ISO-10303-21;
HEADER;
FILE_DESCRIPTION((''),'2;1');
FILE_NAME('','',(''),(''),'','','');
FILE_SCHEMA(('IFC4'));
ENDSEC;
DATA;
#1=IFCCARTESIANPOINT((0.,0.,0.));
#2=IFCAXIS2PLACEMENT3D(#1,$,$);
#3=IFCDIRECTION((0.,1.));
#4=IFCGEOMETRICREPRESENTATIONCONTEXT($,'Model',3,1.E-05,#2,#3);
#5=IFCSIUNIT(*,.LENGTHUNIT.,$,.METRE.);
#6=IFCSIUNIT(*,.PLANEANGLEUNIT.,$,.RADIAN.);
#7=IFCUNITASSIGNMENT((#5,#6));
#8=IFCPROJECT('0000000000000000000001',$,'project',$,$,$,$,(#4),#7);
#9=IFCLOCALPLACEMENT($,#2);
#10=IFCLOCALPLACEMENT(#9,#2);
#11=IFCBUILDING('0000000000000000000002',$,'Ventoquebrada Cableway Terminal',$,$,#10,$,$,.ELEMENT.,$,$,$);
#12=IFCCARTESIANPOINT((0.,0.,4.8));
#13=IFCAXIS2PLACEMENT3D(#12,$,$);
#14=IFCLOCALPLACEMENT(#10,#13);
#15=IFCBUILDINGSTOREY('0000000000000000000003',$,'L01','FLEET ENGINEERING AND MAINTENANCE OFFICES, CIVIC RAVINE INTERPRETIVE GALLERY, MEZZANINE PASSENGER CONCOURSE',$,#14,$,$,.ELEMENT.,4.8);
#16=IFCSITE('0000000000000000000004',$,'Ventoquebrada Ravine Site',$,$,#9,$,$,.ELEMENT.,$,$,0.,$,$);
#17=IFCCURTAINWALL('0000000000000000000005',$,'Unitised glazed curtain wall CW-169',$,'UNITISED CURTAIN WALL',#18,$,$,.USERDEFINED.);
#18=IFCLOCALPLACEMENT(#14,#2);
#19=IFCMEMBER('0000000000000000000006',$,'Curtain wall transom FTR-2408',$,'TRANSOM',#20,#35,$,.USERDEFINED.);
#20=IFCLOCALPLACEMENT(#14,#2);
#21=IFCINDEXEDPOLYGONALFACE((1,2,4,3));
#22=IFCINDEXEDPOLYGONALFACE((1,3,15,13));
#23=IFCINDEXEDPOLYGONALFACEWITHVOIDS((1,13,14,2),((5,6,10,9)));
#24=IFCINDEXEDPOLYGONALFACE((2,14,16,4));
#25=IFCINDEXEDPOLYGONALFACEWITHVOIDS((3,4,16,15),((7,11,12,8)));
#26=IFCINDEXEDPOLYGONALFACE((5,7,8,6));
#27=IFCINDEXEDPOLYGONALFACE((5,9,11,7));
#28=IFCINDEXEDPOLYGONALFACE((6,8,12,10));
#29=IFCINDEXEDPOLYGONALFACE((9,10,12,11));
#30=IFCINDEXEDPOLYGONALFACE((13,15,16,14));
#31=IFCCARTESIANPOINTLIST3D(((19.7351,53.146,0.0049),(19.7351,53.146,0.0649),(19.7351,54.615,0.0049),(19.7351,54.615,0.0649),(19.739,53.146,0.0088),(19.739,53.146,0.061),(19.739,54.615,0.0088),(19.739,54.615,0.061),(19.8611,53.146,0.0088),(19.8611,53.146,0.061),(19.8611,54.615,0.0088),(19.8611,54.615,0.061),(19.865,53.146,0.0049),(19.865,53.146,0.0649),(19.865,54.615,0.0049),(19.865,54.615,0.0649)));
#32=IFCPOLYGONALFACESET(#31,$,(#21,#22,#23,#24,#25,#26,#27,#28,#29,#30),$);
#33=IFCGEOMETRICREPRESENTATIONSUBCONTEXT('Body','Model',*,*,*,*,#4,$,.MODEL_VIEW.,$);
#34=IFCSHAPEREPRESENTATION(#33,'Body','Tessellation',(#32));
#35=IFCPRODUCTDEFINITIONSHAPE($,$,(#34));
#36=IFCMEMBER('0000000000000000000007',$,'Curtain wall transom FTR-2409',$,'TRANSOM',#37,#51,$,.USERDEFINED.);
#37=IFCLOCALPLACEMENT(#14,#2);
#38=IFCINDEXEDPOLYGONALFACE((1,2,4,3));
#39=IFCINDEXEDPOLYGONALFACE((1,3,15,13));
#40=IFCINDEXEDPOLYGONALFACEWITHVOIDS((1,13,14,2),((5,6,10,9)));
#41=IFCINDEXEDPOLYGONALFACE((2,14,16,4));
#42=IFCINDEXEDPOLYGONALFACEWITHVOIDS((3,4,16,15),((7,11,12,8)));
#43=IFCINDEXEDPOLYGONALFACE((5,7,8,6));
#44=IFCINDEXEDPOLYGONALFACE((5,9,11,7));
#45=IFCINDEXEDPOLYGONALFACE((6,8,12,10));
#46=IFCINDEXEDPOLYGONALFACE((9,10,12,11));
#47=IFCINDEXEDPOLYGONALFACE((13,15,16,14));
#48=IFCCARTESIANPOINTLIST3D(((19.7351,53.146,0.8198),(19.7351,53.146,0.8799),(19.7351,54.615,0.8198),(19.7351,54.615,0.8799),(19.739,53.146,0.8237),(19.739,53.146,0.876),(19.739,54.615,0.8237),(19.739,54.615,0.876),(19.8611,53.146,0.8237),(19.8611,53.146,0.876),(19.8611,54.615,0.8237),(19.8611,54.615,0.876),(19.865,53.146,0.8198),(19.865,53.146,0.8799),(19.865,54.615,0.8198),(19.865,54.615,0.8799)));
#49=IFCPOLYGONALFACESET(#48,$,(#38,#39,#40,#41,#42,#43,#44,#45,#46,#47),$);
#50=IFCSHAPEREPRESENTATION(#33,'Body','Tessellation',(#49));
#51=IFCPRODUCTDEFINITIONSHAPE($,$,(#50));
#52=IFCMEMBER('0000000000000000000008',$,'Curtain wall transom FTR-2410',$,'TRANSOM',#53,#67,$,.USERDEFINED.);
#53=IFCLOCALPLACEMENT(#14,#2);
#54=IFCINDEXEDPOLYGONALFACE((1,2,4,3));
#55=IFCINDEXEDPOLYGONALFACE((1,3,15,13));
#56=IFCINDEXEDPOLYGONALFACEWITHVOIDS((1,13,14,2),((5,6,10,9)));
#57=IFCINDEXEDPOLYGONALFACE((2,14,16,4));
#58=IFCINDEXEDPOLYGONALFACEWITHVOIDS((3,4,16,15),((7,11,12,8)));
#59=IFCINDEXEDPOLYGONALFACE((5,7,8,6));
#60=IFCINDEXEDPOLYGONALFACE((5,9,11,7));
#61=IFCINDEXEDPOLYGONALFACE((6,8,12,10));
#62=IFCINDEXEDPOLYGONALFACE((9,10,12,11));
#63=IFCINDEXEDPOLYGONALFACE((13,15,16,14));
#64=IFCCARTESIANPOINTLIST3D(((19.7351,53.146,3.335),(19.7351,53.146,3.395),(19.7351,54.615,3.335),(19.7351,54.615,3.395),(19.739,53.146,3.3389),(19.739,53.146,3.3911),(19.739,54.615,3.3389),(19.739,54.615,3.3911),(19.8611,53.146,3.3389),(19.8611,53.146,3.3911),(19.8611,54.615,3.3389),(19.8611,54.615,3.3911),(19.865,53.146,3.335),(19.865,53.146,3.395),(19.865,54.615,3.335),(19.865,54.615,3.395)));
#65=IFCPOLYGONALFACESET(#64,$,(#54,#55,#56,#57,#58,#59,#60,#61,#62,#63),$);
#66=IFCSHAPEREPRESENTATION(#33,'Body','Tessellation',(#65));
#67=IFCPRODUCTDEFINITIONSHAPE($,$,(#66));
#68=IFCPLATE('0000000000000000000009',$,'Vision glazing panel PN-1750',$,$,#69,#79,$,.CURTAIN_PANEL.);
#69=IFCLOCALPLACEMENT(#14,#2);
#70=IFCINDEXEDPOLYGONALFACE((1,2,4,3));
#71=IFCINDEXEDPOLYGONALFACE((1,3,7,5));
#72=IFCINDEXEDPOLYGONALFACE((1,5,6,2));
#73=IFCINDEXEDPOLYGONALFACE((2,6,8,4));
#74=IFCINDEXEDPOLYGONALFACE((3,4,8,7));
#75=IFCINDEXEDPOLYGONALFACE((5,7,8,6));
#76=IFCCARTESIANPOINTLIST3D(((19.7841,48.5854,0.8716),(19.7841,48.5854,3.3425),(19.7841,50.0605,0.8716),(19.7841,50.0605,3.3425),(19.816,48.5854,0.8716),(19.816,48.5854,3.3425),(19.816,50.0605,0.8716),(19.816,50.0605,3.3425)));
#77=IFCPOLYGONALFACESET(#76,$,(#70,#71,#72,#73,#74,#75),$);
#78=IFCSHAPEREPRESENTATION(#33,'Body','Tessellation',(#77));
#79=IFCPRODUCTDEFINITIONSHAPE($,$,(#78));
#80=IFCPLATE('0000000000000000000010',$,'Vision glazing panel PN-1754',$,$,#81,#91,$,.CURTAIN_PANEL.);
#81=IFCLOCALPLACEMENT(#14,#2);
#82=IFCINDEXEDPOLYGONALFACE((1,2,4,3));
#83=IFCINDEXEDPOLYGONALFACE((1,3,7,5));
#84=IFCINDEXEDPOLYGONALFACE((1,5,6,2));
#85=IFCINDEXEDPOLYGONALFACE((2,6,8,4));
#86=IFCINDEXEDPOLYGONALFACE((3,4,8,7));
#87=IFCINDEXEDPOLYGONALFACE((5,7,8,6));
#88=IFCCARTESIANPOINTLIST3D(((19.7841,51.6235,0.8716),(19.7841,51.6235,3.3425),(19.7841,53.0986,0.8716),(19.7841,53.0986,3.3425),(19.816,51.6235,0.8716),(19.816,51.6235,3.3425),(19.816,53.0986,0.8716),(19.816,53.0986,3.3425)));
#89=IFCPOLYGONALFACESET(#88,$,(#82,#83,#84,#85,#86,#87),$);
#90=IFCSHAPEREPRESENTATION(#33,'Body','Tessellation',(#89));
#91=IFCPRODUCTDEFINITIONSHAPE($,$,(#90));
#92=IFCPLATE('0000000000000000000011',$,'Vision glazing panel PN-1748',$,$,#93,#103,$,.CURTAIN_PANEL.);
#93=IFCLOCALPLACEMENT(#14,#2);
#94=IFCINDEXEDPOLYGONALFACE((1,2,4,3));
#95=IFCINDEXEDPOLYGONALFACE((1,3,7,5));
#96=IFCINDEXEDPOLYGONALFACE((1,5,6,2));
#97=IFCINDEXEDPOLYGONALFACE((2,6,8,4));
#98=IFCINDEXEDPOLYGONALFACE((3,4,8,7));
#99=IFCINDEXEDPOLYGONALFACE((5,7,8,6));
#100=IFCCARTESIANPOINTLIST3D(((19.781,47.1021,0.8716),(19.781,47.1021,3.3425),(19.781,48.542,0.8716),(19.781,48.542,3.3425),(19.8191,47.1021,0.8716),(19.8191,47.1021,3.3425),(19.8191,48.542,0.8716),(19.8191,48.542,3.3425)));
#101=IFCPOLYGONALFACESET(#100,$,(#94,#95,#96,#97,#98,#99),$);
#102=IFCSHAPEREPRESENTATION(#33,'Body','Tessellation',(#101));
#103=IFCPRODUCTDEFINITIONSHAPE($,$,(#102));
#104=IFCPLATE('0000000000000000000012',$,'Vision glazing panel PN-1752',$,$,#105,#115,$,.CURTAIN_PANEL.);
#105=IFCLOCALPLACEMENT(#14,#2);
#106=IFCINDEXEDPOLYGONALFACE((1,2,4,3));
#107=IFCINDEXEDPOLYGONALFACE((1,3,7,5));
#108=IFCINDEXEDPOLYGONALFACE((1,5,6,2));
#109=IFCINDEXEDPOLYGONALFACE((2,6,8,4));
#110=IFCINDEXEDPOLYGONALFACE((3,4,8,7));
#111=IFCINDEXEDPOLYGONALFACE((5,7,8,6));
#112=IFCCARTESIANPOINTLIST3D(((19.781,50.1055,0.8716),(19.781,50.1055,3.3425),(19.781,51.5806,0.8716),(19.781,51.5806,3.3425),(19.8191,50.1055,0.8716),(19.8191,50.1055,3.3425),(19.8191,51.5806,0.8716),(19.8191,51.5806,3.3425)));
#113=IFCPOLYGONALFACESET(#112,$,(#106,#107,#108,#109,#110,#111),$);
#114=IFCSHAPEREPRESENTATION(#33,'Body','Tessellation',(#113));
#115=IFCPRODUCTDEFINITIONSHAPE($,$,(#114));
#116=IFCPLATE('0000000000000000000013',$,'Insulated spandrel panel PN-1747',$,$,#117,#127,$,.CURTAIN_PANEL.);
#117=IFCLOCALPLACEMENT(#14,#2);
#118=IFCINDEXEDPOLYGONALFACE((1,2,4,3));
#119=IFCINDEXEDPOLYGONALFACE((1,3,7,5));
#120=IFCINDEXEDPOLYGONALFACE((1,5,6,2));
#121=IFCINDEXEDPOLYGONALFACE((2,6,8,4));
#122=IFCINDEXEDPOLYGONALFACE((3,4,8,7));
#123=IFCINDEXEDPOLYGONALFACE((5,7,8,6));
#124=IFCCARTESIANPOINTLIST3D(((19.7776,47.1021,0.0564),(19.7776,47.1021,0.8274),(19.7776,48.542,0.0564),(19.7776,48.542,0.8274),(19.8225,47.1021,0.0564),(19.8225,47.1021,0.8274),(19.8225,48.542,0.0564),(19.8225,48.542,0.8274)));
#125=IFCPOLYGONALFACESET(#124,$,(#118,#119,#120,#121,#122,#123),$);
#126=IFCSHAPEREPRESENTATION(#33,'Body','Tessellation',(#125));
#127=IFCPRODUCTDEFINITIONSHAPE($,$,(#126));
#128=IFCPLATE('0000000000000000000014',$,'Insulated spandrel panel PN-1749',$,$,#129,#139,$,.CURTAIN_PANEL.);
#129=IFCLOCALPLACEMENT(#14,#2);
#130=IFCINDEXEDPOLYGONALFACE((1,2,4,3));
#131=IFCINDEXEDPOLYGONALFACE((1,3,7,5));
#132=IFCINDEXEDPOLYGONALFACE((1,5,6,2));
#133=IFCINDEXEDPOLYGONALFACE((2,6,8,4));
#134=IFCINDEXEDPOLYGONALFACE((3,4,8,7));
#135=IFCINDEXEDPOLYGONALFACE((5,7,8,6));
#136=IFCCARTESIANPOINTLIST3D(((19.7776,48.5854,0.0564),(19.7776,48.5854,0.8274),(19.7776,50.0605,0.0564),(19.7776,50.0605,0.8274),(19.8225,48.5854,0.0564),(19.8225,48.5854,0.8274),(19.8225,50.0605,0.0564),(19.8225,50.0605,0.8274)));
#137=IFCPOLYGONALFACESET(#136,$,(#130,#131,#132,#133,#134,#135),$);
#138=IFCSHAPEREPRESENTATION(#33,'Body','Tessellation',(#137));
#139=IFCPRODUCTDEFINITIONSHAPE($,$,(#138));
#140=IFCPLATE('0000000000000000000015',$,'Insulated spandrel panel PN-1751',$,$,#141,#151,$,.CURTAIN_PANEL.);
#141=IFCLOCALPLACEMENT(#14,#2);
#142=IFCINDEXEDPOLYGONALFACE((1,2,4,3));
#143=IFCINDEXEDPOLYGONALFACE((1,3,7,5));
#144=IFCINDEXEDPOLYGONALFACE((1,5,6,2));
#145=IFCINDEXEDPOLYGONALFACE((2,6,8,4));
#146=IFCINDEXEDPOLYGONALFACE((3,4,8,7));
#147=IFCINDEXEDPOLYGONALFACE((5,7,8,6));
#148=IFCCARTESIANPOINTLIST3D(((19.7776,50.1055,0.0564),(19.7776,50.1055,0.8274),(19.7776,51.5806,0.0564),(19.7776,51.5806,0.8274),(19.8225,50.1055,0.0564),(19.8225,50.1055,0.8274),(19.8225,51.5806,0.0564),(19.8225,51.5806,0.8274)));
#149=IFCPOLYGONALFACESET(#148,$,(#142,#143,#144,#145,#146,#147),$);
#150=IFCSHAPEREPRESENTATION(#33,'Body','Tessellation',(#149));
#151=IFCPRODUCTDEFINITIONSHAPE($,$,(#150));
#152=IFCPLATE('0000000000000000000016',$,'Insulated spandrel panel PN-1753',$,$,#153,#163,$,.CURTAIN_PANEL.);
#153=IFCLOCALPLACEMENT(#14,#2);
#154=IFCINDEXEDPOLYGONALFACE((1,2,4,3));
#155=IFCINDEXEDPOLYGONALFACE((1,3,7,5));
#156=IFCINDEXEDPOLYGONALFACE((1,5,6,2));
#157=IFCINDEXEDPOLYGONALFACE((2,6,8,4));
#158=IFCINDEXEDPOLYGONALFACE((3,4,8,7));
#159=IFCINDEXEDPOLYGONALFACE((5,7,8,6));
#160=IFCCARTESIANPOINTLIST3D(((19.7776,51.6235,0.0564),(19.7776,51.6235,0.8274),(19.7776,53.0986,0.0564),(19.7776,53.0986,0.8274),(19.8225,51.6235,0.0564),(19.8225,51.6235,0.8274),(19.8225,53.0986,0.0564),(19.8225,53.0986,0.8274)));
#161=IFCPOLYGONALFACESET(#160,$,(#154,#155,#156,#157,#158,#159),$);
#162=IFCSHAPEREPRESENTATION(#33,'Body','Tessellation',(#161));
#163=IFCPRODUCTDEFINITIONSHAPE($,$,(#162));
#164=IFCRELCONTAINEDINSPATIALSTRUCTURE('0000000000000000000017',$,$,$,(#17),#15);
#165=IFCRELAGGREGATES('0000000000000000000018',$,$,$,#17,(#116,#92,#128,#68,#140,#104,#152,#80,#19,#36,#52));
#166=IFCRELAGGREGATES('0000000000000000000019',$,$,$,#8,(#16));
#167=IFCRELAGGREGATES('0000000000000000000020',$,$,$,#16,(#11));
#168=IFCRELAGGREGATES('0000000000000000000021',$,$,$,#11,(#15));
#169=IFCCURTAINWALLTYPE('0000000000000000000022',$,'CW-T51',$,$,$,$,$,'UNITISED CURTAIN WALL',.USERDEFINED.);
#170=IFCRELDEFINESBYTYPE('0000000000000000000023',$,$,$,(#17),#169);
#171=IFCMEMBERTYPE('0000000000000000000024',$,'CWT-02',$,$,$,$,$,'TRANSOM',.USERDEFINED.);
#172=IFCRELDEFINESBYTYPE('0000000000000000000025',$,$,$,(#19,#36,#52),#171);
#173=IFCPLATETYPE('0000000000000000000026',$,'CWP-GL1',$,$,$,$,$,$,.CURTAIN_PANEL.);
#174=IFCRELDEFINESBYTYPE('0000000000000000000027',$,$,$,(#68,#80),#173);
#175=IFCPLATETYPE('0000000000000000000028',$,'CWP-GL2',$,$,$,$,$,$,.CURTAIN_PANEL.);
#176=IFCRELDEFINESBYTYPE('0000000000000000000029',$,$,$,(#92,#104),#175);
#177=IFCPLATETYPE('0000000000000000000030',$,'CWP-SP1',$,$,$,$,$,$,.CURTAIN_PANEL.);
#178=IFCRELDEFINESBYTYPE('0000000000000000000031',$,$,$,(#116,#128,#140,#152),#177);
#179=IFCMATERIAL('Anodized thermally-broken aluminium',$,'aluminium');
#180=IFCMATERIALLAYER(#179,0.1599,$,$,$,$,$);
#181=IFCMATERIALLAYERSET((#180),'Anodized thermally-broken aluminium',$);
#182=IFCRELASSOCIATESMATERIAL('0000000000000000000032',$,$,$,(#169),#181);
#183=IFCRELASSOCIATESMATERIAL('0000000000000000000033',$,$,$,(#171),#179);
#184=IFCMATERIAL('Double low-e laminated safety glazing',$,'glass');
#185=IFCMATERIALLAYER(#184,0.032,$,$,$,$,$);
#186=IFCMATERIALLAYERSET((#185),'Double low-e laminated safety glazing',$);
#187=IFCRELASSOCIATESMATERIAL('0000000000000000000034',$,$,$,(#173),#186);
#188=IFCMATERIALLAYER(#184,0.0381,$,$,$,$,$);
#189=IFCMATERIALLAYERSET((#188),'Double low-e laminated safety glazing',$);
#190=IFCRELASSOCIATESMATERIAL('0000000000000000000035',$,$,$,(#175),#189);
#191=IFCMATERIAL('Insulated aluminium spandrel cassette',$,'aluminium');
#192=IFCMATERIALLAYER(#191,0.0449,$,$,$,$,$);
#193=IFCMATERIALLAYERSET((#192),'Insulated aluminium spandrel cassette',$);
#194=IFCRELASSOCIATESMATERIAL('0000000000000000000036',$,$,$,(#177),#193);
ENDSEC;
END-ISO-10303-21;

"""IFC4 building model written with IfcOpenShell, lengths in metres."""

from ifc_helpers import new_model, si_unit, direction, frame, origin, origin_2d, place, context, subcontext, project, spatial, rectangle, hollow_rectangle, extrude, material, layer, layer_set, material_profile, profile_set, type_object, element, aggregate, save


model = new_model("IFC4")

# Units and contexts
model_context = context("Model", 3, precision=1e-05, world=origin(), true_north=direction((0.0, 1.0)))
body_context = subcontext(model_context, "Body", "Model", "MODEL_VIEW")
ifc_project = project(units=[si_unit("LENGTHUNIT", "METRE"), si_unit("PLANEANGLEUNIT", "RADIAN")], contexts=[model_context])

# Site, building, storey
site_placement = place(None, origin())
site = spatial("IfcSite", under=ifc_project, at=site_placement, Name="Ventoquebrada Ravine Site", CompositionType="ELEMENT", RefElevation=0.0)
building_placement = place(site_placement, origin())
building = spatial("IfcBuilding", under=site, at=building_placement, Name="Ventoquebrada Cableway Terminal", CompositionType="ELEMENT")
storey_placement = place(building_placement, frame((0.0, 0.0, 4.8)))
storey = spatial("IfcBuildingStorey", under=building, at=storey_placement, Name="L01", Description="FLEET ENGINEERING AND MAINTENANCE OFFICES, CIVIC RAVINE INTERPRETIVE GALLERY, MEZZANINE PASSENGER CONCOURSE", CompositionType="ELEMENT", Elevation=4.8)

# Curtain wall, members, plates
ifc_material_1 = material(Name="Anodized thermally-broken aluminium", Category="aluminium")
ifc_layer_1 = layer(ifc_material_1, 0.1599)
ifc_layer_set_1 = layer_set([ifc_layer_1], Name="Anodized thermally-broken aluminium")
curtain_wall_type = type_object("IfcCurtainWallType", Name="CW-T51", ElementType="UNITISED CURTAIN WALL", PredefinedType="USERDEFINED", material=ifc_layer_set_1)
curtain_wall_placement = place(storey_placement, origin())
curtain_wall = element("IfcCurtainWall", 1, at=curtain_wall_placement, inside=storey, type_object=curtain_wall_type, Name="Unitised glazed curtain wall CW-169", ObjectType="UNITISED CURTAIN WALL", PredefinedType="USERDEFINED")
ifc_material_profile_1 = material_profile(ifc_material_1, hollow_rectangle(XDim=0.0601, YDim=0.1299, WallThickness=0.0039, at=origin_2d()), Name="CW-TRN-60X130")
ifc_profile_set_1 = profile_set([ifc_material_profile_1], Name="Anodized thermally-broken aluminium")
member_type_1 = type_object("IfcMemberType", Name="CWT-02", ElementType="TRANSOM", PredefinedType="USERDEFINED", material=ifc_profile_set_1)
member_1_placement = place(storey_placement, frame((19.8, 53.146, 0.0349), z_axis=(0.0, 1.0, 0.0), x_axis=(0.0, 0.0, 1.0)))
member_1 = element("IfcMember", 2, at=member_1_placement, type_object=member_type_1, Name="Curtain wall transom FTR-2408", ObjectType="TRANSOM", PredefinedType="USERDEFINED", context=body_context, shape_type="SweptSolid", body=[
    extrude(hollow_rectangle(XDim=0.0601, YDim=0.1299, WallThickness=0.0039, at=origin_2d()), origin(), (0.0, 0.0, 1.0), 1.469),
])
member_2_placement = place(storey_placement, frame((19.8, 53.146, 0.8499), z_axis=(0.0, 1.0, 0.0), x_axis=(0.0, 0.0, 1.0)))
member_2 = element("IfcMember", 3, at=member_2_placement, type_object=member_type_1, Name="Curtain wall transom FTR-2409", ObjectType="TRANSOM", PredefinedType="USERDEFINED", context=body_context, shape_type="SweptSolid", body=[
    extrude(hollow_rectangle(XDim=0.0601, YDim=0.1299, WallThickness=0.0039, at=origin_2d()), origin(), (0.0, 0.0, 1.0), 1.469),
])
member_3_placement = place(storey_placement, frame((19.8, 53.146, 3.365), z_axis=(0.0, 1.0, 0.0), x_axis=(0.0, 0.0, 1.0)))
member_3 = element("IfcMember", 4, at=member_3_placement, type_object=member_type_1, Name="Curtain wall transom FTR-2410", ObjectType="TRANSOM", PredefinedType="USERDEFINED", context=body_context, shape_type="SweptSolid", body=[
    extrude(hollow_rectangle(XDim=0.0601, YDim=0.1299, WallThickness=0.0039, at=origin_2d()), origin(), (0.0, 0.0, 1.0), 1.469),
])
ifc_material_2 = material(Name="Double low-e laminated safety glazing", Category="glass")
ifc_layer_2 = layer(ifc_material_2, 0.032)
ifc_layer_set_2 = layer_set([ifc_layer_2], Name="Double low-e laminated safety glazing")
plate_type_1 = type_object("IfcPlateType", Name="CWP-GL1", PredefinedType="CURTAIN_PANEL", material=ifc_layer_set_2)
plate_1_placement = place(storey_placement, frame((19.8, 49.323, 0.8716), z_axis=(0.0, 0.0, 1.0), x_axis=(0.0, 1.0, 0.0)))
plate_1 = element("IfcPlate", 5, at=plate_1_placement, type_object=plate_type_1, Name="Vision glazing panel PN-1750", PredefinedType="CURTAIN_PANEL", context=body_context, shape_type="SweptSolid", body=[
    extrude(rectangle(XDim=1.4751, YDim=0.032, at=origin_2d()), origin(), (0.0, 0.0, 1.0), 2.4709),
])
plate_2_placement = place(storey_placement, frame((19.8, 52.3611, 0.8716), z_axis=(0.0, 0.0, 1.0), x_axis=(0.0, 1.0, 0.0)))
plate_2 = element("IfcPlate", 6, at=plate_2_placement, type_object=plate_type_1, Name="Vision glazing panel PN-1754", PredefinedType="CURTAIN_PANEL", context=body_context, shape_type="SweptSolid", body=[
    extrude(rectangle(XDim=1.4751, YDim=0.032, at=origin_2d()), origin(), (0.0, 0.0, 1.0), 2.4709),
])
ifc_layer_3 = layer(ifc_material_2, 0.0381)
ifc_layer_set_3 = layer_set([ifc_layer_3], Name="Double low-e laminated safety glazing")
plate_type_2 = type_object("IfcPlateType", Name="CWP-GL2", PredefinedType="CURTAIN_PANEL", material=ifc_layer_set_3)
plate_3_placement = place(storey_placement, frame((19.8, 47.822, 0.8716), z_axis=(0.0, 0.0, 1.0), x_axis=(0.0, 1.0, 0.0)))
plate_3 = element("IfcPlate", 7, at=plate_3_placement, type_object=plate_type_2, Name="Vision glazing panel PN-1748", PredefinedType="CURTAIN_PANEL", context=body_context, shape_type="SweptSolid", body=[
    extrude(rectangle(XDim=1.4399, YDim=0.0381, at=origin_2d()), origin(), (0.0, 0.0, 1.0), 2.4709),
])
plate_4_placement = place(storey_placement, frame((19.8, 50.843, 0.8716), z_axis=(0.0, 0.0, 1.0), x_axis=(0.0, 1.0, 0.0)))
plate_4 = element("IfcPlate", 8, at=plate_4_placement, type_object=plate_type_2, Name="Vision glazing panel PN-1752", PredefinedType="CURTAIN_PANEL", context=body_context, shape_type="SweptSolid", body=[
    extrude(rectangle(XDim=1.4751, YDim=0.0381, at=origin_2d()), origin(), (0.0, 0.0, 1.0), 2.4709),
])
ifc_material_3 = material(Name="Insulated aluminium spandrel cassette", Category="aluminium")
ifc_layer_4 = layer(ifc_material_3, 0.0449)
ifc_layer_set_4 = layer_set([ifc_layer_4], Name="Insulated aluminium spandrel cassette")
plate_type_3 = type_object("IfcPlateType", Name="CWP-SP1", PredefinedType="CURTAIN_PANEL", material=ifc_layer_set_4)
plate_5_placement = place(storey_placement, frame((19.8, 47.822, 0.0564), z_axis=(0.0, 0.0, 1.0), x_axis=(0.0, 1.0, 0.0)))
plate_5 = element("IfcPlate", 9, at=plate_5_placement, type_object=plate_type_3, Name="Insulated spandrel panel PN-1747", PredefinedType="CURTAIN_PANEL", context=body_context, shape_type="SweptSolid", body=[
    extrude(rectangle(XDim=1.4399, YDim=0.0449, at=origin_2d()), origin(), (0.0, 0.0, 1.0), 0.771),
])
plate_6_placement = place(storey_placement, frame((19.8, 49.323, 0.0564), z_axis=(0.0, 0.0, 1.0), x_axis=(0.0, 1.0, 0.0)))
plate_6 = element("IfcPlate", 10, at=plate_6_placement, type_object=plate_type_3, Name="Insulated spandrel panel PN-1749", PredefinedType="CURTAIN_PANEL", context=body_context, shape_type="SweptSolid", body=[
    extrude(rectangle(XDim=1.4751, YDim=0.0449, at=origin_2d()), origin(), (0.0, 0.0, 1.0), 0.771),
])
plate_7_placement = place(storey_placement, frame((19.8, 50.843, 0.0564), z_axis=(0.0, 0.0, 1.0), x_axis=(0.0, 1.0, 0.0)))
plate_7 = element("IfcPlate", 11, at=plate_7_placement, type_object=plate_type_3, Name="Insulated spandrel panel PN-1751", PredefinedType="CURTAIN_PANEL", context=body_context, shape_type="SweptSolid", body=[
    extrude(rectangle(XDim=1.4751, YDim=0.0449, at=origin_2d()), origin(), (0.0, 0.0, 1.0), 0.771),
])
plate_8_placement = place(storey_placement, frame((19.8, 52.3611, 0.0564), z_axis=(0.0, 0.0, 1.0), x_axis=(0.0, 1.0, 0.0)))
plate_8 = element("IfcPlate", 12, at=plate_8_placement, type_object=plate_type_3, Name="Insulated spandrel panel PN-1753", PredefinedType="CURTAIN_PANEL", context=body_context, shape_type="SweptSolid", body=[
    extrude(rectangle(XDim=1.4751, YDim=0.0449, at=origin_2d()), origin(), (0.0, 0.0, 1.0), 0.771),
])
aggregate(curtain_wall, [plate_5, plate_3, plate_6, plate_1, plate_7, plate_4, plate_8, plate_2, member_1, member_2, member_3])

save(model, "model.ifc")
